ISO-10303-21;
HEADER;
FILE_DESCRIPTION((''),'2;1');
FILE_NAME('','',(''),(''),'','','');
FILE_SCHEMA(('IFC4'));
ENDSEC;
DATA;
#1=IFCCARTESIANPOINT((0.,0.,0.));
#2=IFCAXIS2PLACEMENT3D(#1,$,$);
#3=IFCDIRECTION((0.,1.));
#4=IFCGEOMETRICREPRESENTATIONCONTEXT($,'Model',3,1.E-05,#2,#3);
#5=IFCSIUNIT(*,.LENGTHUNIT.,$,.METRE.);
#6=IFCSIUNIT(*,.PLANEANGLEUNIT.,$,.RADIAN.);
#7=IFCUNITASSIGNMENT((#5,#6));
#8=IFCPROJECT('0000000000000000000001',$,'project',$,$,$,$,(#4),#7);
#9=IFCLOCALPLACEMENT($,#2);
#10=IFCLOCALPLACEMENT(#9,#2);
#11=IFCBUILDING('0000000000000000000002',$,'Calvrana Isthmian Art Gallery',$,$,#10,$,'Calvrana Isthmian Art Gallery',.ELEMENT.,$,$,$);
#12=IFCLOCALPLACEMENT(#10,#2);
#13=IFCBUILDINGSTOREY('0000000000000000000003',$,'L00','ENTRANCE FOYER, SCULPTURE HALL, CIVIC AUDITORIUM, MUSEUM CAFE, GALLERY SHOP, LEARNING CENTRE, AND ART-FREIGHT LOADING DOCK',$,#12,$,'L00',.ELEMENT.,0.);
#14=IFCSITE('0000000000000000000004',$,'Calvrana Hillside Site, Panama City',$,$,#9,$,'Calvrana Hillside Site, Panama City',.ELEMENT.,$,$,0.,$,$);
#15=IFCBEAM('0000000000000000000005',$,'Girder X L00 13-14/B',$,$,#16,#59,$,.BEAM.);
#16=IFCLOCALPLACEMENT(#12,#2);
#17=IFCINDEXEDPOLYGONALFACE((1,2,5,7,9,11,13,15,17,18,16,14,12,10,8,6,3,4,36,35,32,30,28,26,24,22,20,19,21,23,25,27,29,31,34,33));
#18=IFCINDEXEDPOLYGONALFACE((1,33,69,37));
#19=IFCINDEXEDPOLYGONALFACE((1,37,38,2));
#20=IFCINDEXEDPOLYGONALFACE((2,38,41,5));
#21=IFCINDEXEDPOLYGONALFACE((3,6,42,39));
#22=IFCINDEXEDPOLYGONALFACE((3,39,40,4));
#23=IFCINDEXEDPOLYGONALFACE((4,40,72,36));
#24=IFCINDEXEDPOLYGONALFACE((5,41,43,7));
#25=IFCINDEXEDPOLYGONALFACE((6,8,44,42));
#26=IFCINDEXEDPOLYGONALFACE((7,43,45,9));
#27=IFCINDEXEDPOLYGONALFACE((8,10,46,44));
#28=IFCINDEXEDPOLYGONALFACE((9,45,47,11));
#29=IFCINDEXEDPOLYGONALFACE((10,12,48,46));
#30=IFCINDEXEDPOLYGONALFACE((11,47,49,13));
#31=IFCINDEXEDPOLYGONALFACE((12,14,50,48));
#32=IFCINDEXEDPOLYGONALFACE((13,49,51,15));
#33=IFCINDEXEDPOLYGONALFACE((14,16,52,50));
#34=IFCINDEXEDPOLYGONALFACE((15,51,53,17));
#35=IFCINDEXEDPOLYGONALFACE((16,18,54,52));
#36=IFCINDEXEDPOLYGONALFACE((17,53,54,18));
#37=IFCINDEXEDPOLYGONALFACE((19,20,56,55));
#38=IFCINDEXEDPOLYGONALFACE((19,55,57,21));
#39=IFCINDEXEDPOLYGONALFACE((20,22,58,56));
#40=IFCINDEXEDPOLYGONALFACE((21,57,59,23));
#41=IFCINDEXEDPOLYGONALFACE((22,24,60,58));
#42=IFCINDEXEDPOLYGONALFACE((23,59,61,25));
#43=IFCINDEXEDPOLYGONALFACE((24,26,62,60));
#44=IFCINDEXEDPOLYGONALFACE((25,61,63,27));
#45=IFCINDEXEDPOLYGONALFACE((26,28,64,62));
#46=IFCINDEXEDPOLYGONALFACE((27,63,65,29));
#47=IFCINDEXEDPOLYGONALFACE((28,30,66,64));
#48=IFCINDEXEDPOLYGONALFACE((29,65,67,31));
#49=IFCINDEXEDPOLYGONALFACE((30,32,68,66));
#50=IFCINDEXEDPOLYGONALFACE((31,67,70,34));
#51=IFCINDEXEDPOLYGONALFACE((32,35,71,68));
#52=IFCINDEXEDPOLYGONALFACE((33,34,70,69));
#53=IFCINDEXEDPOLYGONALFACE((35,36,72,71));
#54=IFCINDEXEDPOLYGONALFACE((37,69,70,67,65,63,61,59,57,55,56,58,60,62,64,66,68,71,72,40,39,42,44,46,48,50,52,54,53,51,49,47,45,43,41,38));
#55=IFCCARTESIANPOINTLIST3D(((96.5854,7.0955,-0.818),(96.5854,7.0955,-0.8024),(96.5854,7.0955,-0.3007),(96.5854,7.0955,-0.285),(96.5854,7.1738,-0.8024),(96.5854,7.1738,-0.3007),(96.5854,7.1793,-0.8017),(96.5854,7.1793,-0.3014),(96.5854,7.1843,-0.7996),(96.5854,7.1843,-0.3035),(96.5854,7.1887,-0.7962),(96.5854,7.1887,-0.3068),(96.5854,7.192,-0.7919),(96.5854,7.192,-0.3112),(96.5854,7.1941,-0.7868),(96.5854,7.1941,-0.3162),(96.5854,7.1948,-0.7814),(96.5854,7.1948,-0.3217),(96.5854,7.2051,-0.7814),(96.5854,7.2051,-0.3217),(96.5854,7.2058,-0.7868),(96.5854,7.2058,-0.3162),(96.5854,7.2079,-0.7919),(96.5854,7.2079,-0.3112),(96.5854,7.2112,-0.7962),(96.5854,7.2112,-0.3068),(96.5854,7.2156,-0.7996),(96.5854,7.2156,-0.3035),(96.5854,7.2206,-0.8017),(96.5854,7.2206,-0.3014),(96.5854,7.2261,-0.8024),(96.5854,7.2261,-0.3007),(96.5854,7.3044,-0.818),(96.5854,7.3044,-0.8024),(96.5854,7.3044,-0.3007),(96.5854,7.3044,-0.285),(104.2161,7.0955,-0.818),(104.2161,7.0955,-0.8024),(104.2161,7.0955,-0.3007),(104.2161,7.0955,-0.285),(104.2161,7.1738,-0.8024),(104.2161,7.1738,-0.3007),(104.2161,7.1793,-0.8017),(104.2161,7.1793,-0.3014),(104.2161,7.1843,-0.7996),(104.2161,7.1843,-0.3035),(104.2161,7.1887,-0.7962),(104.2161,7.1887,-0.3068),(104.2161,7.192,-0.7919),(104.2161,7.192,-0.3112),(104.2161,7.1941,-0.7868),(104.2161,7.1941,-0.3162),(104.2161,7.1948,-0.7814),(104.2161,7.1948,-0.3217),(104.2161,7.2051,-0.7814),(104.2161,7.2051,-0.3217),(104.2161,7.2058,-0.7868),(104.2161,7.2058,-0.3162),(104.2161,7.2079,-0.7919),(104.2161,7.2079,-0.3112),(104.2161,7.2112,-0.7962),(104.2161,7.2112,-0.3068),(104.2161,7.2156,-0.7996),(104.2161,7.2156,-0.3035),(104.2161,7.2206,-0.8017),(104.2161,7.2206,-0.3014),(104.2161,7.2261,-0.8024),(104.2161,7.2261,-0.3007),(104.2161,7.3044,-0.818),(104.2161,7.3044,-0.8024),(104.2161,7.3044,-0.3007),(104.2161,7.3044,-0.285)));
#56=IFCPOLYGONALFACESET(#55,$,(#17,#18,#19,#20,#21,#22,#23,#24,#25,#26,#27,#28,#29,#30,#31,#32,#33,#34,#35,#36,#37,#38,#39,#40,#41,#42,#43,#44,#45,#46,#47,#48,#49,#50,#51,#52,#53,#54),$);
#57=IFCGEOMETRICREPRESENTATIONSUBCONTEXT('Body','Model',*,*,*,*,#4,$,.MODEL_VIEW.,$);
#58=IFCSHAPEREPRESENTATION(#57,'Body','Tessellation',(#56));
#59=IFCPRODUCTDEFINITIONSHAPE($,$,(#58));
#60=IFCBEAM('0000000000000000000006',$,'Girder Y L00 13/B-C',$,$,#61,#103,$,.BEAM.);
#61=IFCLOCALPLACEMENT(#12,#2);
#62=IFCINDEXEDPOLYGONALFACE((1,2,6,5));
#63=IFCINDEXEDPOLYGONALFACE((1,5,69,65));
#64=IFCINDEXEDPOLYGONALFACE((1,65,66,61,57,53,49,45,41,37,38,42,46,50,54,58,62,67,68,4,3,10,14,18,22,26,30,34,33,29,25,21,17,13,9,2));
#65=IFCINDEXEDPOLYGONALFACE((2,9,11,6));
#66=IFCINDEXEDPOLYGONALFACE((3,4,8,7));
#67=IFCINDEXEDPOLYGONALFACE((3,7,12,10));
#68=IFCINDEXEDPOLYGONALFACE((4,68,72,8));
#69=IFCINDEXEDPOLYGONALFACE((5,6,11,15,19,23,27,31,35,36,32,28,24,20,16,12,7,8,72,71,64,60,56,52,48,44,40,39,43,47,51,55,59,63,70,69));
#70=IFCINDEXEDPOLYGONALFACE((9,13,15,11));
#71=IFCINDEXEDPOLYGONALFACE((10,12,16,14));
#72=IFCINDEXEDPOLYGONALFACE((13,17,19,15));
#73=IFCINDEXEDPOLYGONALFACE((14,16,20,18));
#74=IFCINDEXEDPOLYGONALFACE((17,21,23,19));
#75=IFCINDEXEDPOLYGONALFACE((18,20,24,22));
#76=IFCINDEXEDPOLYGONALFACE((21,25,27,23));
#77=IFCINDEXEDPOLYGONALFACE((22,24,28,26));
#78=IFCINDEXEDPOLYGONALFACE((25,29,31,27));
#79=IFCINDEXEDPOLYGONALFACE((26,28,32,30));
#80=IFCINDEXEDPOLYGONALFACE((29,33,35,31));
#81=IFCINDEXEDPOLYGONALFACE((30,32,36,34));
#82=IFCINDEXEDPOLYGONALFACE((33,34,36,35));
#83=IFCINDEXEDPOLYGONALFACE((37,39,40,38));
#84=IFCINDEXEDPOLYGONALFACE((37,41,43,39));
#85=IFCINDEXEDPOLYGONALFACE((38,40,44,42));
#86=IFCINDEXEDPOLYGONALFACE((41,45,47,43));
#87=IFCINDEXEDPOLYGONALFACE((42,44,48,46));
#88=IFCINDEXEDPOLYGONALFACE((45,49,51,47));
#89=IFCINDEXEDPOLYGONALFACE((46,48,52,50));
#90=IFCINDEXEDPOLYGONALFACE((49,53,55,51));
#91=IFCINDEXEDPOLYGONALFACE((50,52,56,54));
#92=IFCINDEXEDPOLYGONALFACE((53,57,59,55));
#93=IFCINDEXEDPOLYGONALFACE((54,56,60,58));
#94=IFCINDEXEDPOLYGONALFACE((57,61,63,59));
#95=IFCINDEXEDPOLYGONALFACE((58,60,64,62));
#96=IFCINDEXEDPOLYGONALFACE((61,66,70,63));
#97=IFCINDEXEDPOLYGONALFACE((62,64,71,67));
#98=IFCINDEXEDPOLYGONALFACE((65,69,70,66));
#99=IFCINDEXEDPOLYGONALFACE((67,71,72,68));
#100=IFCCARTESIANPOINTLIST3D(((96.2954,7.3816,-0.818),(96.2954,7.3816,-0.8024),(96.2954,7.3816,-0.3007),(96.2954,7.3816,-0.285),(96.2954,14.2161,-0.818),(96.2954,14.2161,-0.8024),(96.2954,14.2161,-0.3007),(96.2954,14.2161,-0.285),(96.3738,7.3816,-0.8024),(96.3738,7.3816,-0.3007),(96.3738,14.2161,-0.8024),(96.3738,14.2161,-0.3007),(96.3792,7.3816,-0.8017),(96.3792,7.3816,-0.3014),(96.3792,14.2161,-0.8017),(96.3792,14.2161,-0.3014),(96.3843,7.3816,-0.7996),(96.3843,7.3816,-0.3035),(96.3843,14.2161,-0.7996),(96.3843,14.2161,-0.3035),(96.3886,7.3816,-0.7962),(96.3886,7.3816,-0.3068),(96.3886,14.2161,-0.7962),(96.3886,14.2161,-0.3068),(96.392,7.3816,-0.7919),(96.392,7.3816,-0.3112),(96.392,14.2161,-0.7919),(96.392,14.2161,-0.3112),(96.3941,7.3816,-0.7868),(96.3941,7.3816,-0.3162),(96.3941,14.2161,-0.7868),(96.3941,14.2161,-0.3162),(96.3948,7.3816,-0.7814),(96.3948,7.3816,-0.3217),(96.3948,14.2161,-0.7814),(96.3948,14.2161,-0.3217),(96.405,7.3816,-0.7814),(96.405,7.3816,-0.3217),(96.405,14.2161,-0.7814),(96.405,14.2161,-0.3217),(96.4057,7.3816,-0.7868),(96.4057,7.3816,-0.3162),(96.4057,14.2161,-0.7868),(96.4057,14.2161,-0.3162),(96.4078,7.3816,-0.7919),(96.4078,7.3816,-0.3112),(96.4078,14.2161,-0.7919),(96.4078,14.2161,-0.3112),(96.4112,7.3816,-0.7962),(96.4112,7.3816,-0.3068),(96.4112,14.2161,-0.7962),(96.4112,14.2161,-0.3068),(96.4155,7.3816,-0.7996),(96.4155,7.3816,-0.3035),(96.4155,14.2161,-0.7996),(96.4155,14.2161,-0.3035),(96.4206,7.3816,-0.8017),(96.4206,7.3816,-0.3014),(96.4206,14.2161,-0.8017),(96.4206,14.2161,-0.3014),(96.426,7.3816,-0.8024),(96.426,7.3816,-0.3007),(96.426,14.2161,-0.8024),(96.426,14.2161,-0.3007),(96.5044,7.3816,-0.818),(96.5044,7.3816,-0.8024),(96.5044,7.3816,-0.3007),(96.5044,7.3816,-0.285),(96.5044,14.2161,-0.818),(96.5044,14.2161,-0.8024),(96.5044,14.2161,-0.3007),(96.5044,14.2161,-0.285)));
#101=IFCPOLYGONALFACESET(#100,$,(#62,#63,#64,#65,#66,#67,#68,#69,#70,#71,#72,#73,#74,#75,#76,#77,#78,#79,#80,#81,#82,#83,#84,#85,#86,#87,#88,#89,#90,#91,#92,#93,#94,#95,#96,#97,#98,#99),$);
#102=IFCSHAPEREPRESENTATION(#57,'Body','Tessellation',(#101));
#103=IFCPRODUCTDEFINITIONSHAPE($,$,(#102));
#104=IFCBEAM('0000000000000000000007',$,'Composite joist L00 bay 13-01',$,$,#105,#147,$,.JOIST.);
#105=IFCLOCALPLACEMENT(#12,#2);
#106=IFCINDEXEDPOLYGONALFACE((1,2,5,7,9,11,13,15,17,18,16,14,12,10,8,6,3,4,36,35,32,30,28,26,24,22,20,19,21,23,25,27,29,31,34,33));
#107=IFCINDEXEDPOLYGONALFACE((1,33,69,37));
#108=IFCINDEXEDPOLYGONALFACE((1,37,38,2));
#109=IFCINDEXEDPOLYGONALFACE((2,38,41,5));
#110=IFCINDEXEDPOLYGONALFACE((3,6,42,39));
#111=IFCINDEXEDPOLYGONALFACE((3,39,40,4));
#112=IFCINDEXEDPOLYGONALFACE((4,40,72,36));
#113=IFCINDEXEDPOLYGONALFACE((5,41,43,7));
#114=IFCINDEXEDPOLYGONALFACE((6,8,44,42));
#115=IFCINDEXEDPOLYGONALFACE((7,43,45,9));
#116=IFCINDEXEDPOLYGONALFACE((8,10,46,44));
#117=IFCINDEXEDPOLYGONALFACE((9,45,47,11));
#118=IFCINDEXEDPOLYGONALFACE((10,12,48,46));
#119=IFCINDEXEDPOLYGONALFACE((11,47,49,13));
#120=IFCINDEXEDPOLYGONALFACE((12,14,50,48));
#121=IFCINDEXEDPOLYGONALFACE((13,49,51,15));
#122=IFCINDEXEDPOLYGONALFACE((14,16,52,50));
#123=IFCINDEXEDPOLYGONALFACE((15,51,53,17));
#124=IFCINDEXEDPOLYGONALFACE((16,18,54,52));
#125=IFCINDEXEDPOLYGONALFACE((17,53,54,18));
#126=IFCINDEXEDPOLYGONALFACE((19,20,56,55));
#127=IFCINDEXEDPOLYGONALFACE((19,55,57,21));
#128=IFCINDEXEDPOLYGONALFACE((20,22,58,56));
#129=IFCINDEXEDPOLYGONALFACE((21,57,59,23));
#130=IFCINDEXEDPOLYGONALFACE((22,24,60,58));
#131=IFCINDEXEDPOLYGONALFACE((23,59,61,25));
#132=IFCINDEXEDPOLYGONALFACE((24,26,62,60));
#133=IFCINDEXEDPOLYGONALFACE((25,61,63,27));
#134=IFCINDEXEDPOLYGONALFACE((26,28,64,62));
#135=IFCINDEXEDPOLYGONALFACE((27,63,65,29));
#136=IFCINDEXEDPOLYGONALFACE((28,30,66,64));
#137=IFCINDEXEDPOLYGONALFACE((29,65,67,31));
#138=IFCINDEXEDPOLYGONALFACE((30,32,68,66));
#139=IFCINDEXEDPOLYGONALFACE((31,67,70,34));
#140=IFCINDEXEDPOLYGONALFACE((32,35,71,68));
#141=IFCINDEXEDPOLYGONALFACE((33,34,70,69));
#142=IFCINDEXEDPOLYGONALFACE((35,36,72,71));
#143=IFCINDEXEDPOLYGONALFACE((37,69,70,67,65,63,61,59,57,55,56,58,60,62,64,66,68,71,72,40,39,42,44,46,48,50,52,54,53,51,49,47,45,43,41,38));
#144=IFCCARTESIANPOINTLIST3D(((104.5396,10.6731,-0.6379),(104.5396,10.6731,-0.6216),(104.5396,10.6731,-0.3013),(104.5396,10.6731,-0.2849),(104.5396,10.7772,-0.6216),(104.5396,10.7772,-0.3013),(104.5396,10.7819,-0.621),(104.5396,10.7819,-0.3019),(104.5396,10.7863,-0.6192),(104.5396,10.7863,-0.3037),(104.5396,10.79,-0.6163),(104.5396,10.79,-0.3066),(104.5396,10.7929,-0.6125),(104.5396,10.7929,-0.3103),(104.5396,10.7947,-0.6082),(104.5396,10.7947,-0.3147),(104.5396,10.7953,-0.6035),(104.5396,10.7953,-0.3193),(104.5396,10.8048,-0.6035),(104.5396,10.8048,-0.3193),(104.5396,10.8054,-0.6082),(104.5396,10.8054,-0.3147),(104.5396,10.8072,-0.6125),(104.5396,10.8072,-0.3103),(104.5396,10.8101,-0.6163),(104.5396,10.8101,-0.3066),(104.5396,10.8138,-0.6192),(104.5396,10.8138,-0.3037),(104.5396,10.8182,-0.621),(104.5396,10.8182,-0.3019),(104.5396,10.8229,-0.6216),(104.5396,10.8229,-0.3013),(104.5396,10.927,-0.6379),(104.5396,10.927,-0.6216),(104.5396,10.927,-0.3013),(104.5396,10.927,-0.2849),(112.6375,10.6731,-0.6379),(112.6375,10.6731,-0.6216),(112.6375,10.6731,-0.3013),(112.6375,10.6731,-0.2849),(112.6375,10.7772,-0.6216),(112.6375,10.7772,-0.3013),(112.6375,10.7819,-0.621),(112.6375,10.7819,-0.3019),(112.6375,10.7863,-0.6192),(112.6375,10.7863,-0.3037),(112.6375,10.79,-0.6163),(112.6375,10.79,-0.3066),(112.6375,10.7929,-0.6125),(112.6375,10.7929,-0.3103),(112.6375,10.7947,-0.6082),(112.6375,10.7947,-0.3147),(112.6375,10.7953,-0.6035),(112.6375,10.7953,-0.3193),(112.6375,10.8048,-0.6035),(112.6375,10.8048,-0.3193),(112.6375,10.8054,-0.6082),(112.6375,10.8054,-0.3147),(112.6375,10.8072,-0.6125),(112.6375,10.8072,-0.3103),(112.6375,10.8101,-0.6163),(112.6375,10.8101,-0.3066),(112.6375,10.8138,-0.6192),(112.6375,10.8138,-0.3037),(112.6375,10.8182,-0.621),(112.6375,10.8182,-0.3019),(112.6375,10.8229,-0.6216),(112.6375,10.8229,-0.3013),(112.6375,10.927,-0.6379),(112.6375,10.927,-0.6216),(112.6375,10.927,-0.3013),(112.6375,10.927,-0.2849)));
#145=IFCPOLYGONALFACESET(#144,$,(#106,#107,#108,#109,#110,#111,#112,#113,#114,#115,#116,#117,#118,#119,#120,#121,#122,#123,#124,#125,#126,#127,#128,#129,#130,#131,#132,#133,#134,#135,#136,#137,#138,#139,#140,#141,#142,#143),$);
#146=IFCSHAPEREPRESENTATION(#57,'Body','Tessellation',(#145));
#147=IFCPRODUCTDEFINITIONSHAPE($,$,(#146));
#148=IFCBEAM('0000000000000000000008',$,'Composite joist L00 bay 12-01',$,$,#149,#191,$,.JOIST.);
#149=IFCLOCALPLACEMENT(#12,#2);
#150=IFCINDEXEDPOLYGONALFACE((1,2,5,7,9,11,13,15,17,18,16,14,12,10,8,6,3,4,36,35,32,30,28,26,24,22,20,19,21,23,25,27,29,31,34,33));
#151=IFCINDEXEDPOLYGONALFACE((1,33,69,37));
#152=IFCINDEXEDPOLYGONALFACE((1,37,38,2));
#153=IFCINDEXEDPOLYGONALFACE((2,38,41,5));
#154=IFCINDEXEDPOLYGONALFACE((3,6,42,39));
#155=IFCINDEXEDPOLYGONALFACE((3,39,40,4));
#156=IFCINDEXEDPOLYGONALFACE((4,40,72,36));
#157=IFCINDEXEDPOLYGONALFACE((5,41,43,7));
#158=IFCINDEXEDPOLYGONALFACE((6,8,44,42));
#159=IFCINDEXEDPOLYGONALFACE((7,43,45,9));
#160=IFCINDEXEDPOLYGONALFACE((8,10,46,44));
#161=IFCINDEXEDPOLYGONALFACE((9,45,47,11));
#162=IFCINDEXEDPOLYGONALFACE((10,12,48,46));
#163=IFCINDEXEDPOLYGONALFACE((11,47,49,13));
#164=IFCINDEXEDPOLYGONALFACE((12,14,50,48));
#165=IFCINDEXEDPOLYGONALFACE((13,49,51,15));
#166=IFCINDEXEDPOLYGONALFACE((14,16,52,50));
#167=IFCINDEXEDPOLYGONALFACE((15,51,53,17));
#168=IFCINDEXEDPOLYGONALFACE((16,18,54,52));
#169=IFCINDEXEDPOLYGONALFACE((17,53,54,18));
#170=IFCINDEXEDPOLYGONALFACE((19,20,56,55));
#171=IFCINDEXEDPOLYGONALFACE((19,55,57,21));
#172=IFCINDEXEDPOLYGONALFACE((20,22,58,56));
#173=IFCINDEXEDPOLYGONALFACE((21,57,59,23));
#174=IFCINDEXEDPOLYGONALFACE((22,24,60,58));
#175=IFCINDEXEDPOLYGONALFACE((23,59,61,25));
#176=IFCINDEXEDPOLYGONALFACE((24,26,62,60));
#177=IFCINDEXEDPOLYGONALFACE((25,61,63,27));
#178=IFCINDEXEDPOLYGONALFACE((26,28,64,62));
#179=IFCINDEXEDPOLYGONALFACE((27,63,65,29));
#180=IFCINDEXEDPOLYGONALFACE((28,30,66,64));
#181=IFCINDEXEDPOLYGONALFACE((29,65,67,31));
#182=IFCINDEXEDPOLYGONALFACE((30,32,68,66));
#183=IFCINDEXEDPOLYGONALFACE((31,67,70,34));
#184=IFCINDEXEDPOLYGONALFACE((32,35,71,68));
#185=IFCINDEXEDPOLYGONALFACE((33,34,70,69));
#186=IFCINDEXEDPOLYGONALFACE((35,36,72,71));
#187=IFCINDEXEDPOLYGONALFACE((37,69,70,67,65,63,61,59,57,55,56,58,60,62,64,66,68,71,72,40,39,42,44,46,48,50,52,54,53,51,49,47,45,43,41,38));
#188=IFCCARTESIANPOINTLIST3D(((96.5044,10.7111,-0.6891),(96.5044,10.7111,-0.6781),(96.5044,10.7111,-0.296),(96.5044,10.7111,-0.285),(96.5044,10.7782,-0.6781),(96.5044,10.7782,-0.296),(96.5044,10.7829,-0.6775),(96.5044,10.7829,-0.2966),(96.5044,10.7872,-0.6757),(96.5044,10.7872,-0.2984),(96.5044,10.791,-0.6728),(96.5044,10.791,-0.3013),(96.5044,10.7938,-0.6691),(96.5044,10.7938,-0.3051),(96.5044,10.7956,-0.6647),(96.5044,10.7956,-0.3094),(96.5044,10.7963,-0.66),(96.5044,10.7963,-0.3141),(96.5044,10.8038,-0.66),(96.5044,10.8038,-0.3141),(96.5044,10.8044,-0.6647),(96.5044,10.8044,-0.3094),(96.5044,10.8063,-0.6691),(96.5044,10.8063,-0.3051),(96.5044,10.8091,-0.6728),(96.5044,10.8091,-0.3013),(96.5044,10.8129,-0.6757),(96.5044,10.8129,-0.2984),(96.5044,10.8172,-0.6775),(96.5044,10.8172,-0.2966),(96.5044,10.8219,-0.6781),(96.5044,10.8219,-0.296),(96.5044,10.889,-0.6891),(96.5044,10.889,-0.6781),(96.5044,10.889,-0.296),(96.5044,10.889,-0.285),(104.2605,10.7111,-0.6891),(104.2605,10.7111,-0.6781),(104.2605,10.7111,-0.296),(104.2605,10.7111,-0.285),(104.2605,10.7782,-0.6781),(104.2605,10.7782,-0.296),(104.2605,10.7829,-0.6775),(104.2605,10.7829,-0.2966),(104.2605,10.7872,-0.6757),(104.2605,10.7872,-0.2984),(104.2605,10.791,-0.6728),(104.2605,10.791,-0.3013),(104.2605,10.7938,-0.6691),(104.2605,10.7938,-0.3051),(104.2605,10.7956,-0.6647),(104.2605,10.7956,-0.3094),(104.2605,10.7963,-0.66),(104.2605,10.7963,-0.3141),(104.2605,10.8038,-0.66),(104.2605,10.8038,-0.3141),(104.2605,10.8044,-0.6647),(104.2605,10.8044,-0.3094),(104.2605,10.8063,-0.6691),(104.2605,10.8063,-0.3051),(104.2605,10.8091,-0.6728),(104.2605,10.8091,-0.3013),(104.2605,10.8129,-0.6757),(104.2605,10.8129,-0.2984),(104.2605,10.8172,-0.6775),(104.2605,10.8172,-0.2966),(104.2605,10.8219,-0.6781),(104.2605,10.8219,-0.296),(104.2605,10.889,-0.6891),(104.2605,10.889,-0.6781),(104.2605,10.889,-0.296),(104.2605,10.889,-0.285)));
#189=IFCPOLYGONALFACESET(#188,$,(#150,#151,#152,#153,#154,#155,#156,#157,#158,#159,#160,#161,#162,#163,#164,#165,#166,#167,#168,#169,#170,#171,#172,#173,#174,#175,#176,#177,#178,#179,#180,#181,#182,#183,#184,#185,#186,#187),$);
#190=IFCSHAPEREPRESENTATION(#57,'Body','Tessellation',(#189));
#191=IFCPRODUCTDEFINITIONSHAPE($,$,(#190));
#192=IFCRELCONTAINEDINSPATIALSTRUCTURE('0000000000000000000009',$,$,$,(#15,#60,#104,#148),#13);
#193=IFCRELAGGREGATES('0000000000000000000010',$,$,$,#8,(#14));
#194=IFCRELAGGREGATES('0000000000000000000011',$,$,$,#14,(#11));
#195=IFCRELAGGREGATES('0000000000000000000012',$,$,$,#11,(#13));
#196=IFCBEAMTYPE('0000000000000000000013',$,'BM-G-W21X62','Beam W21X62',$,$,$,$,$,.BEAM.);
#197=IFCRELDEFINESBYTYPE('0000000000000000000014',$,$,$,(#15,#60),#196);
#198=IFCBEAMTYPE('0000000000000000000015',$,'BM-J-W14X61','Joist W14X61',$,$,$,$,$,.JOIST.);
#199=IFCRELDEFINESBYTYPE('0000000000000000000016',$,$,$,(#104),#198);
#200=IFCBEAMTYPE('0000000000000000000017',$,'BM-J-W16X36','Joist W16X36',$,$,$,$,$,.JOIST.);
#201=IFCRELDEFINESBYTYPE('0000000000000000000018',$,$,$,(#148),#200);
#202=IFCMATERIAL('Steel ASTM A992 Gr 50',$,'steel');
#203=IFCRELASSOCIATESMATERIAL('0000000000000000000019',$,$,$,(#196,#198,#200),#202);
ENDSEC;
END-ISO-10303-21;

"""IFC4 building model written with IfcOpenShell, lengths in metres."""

from ifc_helpers import new_model, si_unit, direction, frame, origin, origin_2d, place, context, subcontext, project, spatial, i_section, extrude, material, material_profile, profile_set, type_object, element, save


model = new_model("IFC4")

# Units and contexts
model_context = context("Model", 3, precision=1e-05, world=origin(), true_north=direction((0.0, 1.0)))
body_context = subcontext(model_context, "Body", "Model", "MODEL_VIEW")
ifc_project = project(units=[si_unit("LENGTHUNIT", "METRE"), si_unit("PLANEANGLEUNIT", "RADIAN")], contexts=[model_context])

# Site, building, storey
site_placement = place(None, origin())
site = spatial("IfcSite", under=ifc_project, at=site_placement, Name="Calvrana Hillside Site, Panama City", LongName="Calvrana Hillside Site, Panama City", CompositionType="ELEMENT", RefElevation=0.0)
building_placement = place(site_placement, origin())
building = spatial("IfcBuilding", under=site, at=building_placement, Name="Calvrana Isthmian Art Gallery", LongName="Calvrana Isthmian Art Gallery", CompositionType="ELEMENT")
storey_placement = place(building_placement, origin())
storey = spatial("IfcBuildingStorey", under=building, at=storey_placement, Name="L00", Description="ENTRANCE FOYER, SCULPTURE HALL, CIVIC AUDITORIUM, MUSEUM CAFE, GALLERY SHOP, LEARNING CENTRE, AND ART-FREIGHT LOADING DOCK", LongName="L00", CompositionType="ELEMENT", Elevation=0.0)

# Shared definitions
ifc_material_1 = material(Name="Steel ASTM A992 Gr 50", Category="steel")

# Beams
ifc_material_profile_1 = material_profile(ifc_material_1, i_section(OverallWidth=0.209, OverallDepth=0.533, WebThickness=0.0103, FlangeThickness=0.0156, FilletRadius=0.021, at=origin_2d()), Name="W21X62")
ifc_profile_set_1 = profile_set([ifc_material_profile_1], Name="Steel ASTM A992 Gr 50")
beam_type_1 = type_object("IfcBeamType", Name="BM-G-W21X62", Description="Beam W21X62", PredefinedType="BEAM", material=ifc_profile_set_1)
beam_1_placement = place(storey_placement, frame((96.5854, 7.2, -0.5515), z_axis=(1.0, 0.0, 0.0), x_axis=(0.0, 1.0, 0.0)))
element("IfcBeam", 1, at=beam_1_placement, inside=storey, type_object=beam_type_1, Name="Girder X L00 13-14/B", PredefinedType="BEAM", context=body_context, shape_type="SweptSolid", body=[
    extrude(i_section(OverallWidth=0.209, OverallDepth=0.533, WebThickness=0.0103, FlangeThickness=0.0156, FilletRadius=0.021, at=origin_2d()), origin(), (0.0, 0.0, 1.0), 7.6306),
])
beam_2_placement = place(storey_placement, frame((96.3999, 7.3816, -0.5515), z_axis=(0.0, 1.0, 0.0), x_axis=(-1.0, 0.0, 0.0)))
element("IfcBeam", 2, at=beam_2_placement, inside=storey, type_object=beam_type_1, Name="Girder Y L00 13/B-C", PredefinedType="BEAM", context=body_context, shape_type="SweptSolid", body=[
    extrude(i_section(OverallWidth=0.209, OverallDepth=0.533, WebThickness=0.0103, FlangeThickness=0.0156, FilletRadius=0.021, at=origin_2d()), origin(), (0.0, 0.0, 1.0), 6.8345),
])
ifc_material_profile_2 = material_profile(ifc_material_1, i_section(OverallWidth=0.2539, OverallDepth=0.353, WebThickness=0.0095, FlangeThickness=0.0164, FilletRadius=0.0181, at=origin_2d()), Name="W14X61")
ifc_profile_set_2 = profile_set([ifc_material_profile_2], Name="Steel ASTM A992 Gr 50")
beam_type_2 = type_object("IfcBeamType", Name="BM-J-W14X61", Description="Joist W14X61", PredefinedType="JOIST", material=ifc_profile_set_2)
beam_3_placement = place(storey_placement, frame((104.5396, 10.8, -0.4614), z_axis=(1.0, 0.0, 0.0), x_axis=(0.0, 1.0, 0.0)))
element("IfcBeam", 3, at=beam_3_placement, inside=storey, type_object=beam_type_2, Name="Composite joist L00 bay 13-01", PredefinedType="JOIST", context=body_context, shape_type="SweptSolid", body=[
    extrude(i_section(OverallWidth=0.2539, OverallDepth=0.353, WebThickness=0.0095, FlangeThickness=0.0164, FilletRadius=0.0181, at=origin_2d()), origin(), (0.0, 0.0, 1.0), 8.0979),
])
ifc_material_profile_3 = material_profile(ifc_material_1, i_section(OverallWidth=0.178, OverallDepth=0.4041, WebThickness=0.0076, FlangeThickness=0.011, FilletRadius=0.0181, at=origin_2d()), Name="W16X36")
ifc_profile_set_3 = profile_set([ifc_material_profile_3], Name="Steel ASTM A992 Gr 50")
beam_type_3 = type_object("IfcBeamType", Name="BM-J-W16X36", Description="Joist W16X36", PredefinedType="JOIST", material=ifc_profile_set_3)
beam_4_placement = place(storey_placement, frame((96.5044, 10.8, -0.4871), z_axis=(1.0, 0.0, 0.0), x_axis=(0.0, 1.0, 0.0)))
element("IfcBeam", 4, at=beam_4_placement, inside=storey, type_object=beam_type_3, Name="Composite joist L00 bay 12-01", PredefinedType="JOIST", context=body_context, shape_type="SweptSolid", body=[
    extrude(i_section(OverallWidth=0.178, OverallDepth=0.4041, WebThickness=0.0076, FlangeThickness=0.011, FilletRadius=0.0181, at=origin_2d()), origin(), (0.0, 0.0, 1.0), 7.7561),
])

save(model, "model.ifc")
